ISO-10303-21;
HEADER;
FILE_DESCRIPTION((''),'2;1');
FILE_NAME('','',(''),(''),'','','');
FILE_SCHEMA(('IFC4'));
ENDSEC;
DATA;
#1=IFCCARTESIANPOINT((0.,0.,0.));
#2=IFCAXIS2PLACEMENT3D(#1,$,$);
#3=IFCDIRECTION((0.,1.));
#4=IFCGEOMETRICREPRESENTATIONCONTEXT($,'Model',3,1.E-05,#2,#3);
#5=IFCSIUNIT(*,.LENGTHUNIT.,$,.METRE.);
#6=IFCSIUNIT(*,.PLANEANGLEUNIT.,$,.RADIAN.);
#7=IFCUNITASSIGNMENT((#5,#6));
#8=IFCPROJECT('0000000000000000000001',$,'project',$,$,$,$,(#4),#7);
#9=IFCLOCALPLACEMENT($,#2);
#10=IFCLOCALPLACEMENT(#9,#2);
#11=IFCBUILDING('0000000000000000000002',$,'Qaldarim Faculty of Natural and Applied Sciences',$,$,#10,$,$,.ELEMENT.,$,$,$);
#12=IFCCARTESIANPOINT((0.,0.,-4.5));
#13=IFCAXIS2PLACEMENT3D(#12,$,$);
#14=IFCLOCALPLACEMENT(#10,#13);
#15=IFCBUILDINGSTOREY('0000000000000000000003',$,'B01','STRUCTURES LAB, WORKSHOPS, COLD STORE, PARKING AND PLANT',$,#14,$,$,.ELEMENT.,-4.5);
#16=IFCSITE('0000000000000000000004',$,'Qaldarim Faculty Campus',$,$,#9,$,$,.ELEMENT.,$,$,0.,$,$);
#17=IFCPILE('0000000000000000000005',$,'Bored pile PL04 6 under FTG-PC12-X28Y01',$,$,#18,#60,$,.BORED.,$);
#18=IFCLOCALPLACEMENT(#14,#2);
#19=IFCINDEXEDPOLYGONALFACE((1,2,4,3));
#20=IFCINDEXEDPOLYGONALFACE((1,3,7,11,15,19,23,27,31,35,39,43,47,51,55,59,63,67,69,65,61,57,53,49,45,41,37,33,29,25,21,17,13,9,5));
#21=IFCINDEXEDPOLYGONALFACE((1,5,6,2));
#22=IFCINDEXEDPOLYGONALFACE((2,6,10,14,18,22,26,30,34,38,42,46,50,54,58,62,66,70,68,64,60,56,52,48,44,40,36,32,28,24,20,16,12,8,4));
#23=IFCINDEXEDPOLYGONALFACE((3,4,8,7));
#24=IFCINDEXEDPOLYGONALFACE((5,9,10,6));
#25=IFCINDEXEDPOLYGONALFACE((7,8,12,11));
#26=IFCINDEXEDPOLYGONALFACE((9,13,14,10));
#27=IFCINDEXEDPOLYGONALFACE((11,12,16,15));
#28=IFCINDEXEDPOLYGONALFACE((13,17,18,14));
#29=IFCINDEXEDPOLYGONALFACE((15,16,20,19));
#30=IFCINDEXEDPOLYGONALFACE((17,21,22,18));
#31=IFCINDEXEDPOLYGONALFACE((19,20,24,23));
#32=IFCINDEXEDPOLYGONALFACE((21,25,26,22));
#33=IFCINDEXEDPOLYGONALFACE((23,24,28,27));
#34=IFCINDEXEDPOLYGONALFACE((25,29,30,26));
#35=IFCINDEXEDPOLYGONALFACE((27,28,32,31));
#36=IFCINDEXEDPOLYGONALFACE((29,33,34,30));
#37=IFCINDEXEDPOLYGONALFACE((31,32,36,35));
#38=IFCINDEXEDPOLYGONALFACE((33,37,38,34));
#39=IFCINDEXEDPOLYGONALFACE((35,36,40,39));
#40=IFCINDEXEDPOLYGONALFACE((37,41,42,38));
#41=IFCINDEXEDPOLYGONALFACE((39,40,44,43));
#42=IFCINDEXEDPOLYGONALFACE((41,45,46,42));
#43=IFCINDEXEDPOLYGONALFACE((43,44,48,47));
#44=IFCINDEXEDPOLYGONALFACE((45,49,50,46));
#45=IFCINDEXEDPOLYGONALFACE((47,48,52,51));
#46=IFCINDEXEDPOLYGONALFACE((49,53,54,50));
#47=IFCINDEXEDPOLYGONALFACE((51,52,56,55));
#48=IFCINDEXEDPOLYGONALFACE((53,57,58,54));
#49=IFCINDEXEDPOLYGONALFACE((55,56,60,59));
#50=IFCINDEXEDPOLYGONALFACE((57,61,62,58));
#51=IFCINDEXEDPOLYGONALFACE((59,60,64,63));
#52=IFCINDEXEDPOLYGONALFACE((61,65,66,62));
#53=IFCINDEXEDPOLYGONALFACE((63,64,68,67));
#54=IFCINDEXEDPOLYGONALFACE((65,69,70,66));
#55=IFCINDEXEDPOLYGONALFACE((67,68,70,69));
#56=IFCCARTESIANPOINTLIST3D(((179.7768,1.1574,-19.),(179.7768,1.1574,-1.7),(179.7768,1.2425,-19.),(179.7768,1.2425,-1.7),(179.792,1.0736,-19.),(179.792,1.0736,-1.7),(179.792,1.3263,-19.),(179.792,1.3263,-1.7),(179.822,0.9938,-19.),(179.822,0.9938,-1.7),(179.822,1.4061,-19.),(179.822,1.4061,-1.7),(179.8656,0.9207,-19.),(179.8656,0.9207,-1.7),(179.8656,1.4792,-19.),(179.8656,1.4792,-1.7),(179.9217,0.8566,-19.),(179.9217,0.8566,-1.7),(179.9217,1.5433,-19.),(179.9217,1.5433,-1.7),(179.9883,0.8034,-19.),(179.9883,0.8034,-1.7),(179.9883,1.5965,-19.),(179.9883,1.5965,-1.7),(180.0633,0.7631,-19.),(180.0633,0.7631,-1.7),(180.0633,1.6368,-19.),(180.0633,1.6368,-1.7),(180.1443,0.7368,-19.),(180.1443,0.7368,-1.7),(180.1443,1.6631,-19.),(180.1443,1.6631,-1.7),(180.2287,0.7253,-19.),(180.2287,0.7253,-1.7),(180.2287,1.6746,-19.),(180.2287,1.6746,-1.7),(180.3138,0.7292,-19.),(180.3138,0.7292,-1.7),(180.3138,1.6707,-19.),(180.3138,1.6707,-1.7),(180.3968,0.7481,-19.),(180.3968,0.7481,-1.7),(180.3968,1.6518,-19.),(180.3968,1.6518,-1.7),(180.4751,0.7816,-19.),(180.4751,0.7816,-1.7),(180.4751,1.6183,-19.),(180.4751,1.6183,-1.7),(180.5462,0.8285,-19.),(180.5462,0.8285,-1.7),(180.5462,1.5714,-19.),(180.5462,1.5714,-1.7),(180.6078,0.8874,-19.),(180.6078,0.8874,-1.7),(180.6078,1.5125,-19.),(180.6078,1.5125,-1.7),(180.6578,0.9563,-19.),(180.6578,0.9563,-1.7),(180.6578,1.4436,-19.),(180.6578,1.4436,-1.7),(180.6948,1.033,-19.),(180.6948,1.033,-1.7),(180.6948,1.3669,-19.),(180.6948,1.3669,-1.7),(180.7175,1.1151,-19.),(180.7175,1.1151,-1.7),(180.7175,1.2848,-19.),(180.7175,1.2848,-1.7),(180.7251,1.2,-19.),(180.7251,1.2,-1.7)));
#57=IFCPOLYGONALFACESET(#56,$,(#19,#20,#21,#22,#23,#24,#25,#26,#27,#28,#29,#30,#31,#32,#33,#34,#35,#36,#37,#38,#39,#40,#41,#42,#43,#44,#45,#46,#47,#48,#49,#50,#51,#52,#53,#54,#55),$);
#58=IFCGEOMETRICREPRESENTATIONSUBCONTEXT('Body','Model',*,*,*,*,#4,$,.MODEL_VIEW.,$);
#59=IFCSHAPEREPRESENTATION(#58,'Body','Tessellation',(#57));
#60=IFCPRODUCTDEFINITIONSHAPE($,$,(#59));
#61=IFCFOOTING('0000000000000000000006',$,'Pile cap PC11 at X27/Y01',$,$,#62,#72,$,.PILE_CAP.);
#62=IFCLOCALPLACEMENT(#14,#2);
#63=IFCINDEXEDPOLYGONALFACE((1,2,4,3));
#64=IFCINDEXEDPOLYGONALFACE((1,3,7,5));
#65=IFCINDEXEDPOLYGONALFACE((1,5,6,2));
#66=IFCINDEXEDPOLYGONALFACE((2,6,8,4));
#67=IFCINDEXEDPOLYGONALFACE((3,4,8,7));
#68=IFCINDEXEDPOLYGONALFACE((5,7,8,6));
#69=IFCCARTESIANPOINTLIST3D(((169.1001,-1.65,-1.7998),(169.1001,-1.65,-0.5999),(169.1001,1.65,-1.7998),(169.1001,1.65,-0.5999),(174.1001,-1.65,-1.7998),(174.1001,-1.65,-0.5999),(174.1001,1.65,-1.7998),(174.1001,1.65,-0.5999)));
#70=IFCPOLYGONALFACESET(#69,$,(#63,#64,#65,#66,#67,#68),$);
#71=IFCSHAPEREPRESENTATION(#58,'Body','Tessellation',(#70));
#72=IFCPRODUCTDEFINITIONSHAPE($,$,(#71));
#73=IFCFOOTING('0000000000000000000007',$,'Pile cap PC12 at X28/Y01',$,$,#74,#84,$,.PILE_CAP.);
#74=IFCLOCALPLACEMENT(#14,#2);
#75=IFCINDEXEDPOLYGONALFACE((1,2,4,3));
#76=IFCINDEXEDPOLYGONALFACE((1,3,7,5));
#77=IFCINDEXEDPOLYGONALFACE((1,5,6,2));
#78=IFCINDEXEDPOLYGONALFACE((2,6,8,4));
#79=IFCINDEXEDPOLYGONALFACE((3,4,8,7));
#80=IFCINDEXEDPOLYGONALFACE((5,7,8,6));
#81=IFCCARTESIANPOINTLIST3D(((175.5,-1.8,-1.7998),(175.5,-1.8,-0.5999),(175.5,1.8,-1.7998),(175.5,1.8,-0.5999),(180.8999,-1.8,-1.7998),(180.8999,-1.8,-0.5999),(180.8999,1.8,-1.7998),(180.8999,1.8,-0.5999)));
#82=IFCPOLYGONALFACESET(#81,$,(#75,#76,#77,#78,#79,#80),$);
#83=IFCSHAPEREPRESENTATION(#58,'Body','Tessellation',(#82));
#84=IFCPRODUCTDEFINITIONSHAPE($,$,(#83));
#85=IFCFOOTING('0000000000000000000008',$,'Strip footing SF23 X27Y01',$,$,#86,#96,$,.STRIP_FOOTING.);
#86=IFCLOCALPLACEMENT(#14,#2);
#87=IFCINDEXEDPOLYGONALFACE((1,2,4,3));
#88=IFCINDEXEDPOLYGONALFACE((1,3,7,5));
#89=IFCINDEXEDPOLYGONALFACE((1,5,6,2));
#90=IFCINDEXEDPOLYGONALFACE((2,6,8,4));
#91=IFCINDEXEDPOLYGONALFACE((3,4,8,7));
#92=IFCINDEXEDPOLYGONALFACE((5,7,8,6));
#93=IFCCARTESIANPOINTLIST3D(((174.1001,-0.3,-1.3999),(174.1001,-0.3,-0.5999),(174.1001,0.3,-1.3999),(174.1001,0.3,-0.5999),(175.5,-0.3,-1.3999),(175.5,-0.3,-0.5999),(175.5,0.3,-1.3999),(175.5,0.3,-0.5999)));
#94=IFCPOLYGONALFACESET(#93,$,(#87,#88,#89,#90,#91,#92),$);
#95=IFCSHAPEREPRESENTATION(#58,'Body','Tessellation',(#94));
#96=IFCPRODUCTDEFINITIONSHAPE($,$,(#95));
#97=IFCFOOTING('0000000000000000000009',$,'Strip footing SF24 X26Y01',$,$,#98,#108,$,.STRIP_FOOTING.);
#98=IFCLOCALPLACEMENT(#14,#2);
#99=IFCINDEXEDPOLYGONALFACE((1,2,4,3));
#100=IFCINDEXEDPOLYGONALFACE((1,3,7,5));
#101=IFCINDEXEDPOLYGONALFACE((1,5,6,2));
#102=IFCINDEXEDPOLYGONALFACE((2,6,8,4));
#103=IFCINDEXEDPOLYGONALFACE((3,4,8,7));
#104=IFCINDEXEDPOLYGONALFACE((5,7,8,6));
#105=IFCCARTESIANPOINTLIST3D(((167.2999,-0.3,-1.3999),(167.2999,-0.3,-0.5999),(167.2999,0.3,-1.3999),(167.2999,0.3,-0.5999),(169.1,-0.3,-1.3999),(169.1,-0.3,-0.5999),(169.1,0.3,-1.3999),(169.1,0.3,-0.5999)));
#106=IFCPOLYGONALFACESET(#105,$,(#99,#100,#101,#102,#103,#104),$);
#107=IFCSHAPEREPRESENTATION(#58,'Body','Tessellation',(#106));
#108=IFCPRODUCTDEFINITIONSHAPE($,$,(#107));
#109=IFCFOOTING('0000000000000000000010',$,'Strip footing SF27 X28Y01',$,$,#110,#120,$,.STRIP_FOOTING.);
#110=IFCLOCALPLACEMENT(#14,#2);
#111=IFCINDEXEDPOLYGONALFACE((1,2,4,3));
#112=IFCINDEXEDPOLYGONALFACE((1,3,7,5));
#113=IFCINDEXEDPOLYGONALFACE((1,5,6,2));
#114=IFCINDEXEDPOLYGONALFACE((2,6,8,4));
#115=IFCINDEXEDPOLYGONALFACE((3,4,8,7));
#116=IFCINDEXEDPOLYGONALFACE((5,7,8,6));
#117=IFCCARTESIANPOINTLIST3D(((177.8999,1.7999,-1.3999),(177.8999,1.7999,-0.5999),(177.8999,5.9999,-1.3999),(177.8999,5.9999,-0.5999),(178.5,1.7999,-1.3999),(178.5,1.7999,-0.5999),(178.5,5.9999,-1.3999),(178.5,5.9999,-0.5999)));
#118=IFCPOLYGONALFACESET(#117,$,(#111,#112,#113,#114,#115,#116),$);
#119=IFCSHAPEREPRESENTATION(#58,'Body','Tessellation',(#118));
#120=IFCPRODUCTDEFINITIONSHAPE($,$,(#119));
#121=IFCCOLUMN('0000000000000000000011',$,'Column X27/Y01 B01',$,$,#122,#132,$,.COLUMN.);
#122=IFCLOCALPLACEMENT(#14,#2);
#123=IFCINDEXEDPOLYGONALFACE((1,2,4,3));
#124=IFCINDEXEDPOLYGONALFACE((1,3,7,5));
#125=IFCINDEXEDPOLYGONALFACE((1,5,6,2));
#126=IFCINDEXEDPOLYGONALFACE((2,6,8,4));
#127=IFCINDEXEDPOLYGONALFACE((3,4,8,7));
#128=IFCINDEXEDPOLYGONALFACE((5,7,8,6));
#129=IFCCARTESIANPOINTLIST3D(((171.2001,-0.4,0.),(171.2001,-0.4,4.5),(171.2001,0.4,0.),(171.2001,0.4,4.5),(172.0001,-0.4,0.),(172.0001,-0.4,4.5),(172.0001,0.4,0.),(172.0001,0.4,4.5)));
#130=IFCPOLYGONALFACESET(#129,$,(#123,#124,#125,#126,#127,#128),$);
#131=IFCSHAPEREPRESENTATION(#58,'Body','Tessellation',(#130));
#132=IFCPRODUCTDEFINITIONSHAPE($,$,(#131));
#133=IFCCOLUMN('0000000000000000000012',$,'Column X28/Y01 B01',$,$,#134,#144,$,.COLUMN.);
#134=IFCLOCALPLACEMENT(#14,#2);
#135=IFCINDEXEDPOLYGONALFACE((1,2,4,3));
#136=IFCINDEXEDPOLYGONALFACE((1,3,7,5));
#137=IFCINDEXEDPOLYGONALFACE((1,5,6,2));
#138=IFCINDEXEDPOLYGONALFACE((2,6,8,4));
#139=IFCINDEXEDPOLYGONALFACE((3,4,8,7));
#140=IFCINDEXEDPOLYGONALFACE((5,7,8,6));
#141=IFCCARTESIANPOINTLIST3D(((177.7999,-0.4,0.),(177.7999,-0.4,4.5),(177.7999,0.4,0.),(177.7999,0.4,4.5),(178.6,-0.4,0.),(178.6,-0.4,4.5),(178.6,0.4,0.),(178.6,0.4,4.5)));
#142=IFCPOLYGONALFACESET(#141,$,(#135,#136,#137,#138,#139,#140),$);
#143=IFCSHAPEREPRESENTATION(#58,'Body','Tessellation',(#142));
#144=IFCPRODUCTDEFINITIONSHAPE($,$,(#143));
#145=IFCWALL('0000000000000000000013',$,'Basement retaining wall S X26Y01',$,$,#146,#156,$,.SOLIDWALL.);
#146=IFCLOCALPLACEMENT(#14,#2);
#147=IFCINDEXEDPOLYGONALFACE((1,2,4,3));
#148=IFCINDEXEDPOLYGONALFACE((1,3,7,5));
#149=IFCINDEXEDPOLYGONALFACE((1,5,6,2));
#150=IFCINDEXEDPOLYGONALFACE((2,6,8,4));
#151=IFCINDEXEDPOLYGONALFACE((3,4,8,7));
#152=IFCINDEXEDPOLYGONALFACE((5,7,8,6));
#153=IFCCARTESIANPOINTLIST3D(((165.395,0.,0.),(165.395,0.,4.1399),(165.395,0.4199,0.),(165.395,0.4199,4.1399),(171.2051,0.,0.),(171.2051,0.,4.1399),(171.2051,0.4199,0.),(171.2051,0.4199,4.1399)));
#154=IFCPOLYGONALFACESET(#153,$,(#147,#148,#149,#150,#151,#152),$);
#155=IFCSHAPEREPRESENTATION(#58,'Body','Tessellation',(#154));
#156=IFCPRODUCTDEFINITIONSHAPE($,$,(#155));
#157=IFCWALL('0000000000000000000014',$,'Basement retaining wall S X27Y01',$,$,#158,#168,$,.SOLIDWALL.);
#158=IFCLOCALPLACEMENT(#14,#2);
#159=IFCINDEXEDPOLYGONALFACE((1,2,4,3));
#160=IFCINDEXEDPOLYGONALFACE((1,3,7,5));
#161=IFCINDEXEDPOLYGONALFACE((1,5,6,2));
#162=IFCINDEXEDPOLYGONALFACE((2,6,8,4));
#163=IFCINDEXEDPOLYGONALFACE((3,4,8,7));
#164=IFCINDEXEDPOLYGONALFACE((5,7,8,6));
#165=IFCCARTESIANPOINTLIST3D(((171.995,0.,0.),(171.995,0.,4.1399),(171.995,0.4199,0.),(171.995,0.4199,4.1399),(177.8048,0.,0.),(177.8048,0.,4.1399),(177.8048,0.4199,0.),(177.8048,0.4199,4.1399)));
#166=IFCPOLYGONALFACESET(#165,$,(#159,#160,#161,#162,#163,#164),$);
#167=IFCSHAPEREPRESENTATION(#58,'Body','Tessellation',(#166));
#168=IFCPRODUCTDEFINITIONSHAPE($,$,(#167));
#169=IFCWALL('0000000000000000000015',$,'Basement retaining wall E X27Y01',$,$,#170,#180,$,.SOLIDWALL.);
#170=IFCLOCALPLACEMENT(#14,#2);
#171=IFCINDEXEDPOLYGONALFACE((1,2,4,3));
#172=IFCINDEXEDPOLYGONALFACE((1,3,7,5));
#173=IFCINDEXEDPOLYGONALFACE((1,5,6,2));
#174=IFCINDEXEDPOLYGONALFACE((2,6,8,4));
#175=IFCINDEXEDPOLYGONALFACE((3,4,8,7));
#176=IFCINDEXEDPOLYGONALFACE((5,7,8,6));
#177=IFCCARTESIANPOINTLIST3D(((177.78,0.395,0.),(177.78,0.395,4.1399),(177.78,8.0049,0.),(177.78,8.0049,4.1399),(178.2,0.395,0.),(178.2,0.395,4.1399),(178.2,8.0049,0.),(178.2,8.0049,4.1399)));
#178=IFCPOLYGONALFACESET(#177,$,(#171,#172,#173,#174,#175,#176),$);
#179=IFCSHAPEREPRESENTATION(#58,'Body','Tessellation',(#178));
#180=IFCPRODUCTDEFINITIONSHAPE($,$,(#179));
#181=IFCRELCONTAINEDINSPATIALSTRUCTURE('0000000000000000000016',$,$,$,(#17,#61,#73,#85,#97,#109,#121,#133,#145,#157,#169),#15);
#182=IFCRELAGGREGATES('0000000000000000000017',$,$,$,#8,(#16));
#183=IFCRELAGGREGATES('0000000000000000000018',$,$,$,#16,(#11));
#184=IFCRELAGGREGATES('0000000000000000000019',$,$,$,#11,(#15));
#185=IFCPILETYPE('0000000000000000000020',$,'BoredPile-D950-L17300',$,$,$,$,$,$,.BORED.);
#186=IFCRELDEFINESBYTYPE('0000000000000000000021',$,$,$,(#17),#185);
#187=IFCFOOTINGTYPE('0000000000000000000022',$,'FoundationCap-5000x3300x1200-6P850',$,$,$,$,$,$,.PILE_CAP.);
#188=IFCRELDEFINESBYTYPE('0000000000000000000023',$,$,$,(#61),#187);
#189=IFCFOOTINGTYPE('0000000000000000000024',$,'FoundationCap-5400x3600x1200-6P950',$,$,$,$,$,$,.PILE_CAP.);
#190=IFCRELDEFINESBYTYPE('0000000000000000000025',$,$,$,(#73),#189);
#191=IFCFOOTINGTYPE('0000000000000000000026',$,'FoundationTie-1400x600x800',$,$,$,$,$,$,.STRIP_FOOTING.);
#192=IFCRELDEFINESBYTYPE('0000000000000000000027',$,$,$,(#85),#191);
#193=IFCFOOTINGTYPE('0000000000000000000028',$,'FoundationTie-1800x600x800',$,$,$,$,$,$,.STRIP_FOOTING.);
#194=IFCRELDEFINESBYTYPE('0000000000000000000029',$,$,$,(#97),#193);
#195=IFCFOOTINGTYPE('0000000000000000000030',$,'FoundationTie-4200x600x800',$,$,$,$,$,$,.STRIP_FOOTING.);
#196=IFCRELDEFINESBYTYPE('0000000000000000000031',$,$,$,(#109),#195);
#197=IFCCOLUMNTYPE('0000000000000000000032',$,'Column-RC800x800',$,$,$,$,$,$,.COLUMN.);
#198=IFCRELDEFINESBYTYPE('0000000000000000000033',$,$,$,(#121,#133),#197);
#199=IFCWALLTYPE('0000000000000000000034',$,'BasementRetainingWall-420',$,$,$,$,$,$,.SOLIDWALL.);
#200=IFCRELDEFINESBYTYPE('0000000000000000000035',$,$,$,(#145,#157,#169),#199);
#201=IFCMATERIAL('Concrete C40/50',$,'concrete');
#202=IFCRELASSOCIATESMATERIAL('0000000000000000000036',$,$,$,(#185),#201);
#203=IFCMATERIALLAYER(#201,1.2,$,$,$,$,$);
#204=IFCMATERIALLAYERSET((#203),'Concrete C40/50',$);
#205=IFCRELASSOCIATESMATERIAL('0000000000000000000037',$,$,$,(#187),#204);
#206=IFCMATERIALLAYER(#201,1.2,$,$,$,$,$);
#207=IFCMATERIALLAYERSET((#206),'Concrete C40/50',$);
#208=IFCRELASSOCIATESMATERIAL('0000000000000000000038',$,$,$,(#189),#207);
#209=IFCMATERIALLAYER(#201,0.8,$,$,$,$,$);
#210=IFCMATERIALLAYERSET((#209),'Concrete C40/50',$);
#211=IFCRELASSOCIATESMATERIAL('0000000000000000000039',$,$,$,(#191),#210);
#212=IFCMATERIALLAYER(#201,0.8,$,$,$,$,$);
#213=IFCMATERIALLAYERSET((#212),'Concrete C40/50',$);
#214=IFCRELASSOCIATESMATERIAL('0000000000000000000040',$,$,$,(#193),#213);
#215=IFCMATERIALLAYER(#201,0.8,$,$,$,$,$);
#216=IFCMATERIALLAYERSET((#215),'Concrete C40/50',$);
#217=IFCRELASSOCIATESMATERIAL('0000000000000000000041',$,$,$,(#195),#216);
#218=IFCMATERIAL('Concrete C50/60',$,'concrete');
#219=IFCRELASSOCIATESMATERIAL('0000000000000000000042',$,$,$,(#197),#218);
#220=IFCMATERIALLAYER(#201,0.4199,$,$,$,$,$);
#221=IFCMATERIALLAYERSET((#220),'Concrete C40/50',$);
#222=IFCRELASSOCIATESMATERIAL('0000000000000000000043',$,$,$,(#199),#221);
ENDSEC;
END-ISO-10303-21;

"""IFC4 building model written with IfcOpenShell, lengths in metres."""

from ifc_helpers import new_model, si_unit, direction, frame, frame_2d, origin, origin_2d, place, context, subcontext, project, spatial, rectangle, circle, extrude, material, layer, layer_set, material_profile, profile_set, type_object, element, save


model = new_model("IFC4")

# Units and contexts
model_context = context("Model", 3, precision=1e-05, world=origin(), true_north=direction((0.0, 1.0)))
body_context = subcontext(model_context, "Body", "Model", "MODEL_VIEW")
ifc_project = project(units=[si_unit("LENGTHUNIT", "METRE"), si_unit("PLANEANGLEUNIT", "RADIAN")], contexts=[model_context])

# Site, building, storey
site_placement = place(None, origin())
site = spatial("IfcSite", under=ifc_project, at=site_placement, Name="Qaldarim Faculty Campus", CompositionType="ELEMENT", RefElevation=0.0)
building_placement = place(site_placement, origin())
building = spatial("IfcBuilding", under=site, at=building_placement, Name="Qaldarim Faculty of Natural and Applied Sciences", CompositionType="ELEMENT")
storey_placement = place(building_placement, frame((0.0, 0.0, -4.5)))
storey = spatial("IfcBuildingStorey", under=building, at=storey_placement, Name="B01", Description="STRUCTURES LAB, WORKSHOPS, COLD STORE, PARKING AND PLANT", CompositionType="ELEMENT", Elevation=-4.5)

# Pile
ifc_material_1 = material(Name="Concrete C40/50", Category="concrete")
ifc_material_profile_1 = material_profile(ifc_material_1, circle(Radius=0.4751, at=origin_2d()), Name="PILE-D950")
ifc_profile_set_1 = profile_set([ifc_material_profile_1], Name="Concrete C40/50")
pile_type_1 = type_object("IfcPileType", Name="BoredPile-D950-L17300", PredefinedType="BORED", material=ifc_profile_set_1)
for number, where, z_axis, x_axis, name in (
    (1, (180.25, 1.2, -1.7), (0.0, 0.0, -1.0), (1.0, 0.0, 0.0), "Bored pile PL04 6 under FTG-PC12-X28Y01"),
):
    element("IfcPile", number, at=place(storey_placement, frame(where, z_axis=z_axis, x_axis=x_axis)), inside=storey, type_object=pile_type_1, Name=name, PredefinedType="BORED", context=body_context, shape_type="SweptSolid", body=[
        extrude(circle(Radius=0.4751, at=origin_2d()), origin(), (0.0, 0.0, 1.0), 17.3),
    ])

# Footings
ifc_layer_1 = layer(ifc_material_1, 1.2)
ifc_layer_set_1 = layer_set([ifc_layer_1], Name="Concrete C40/50")
footing_type_1 = type_object("IfcFootingType", Name="FoundationCap-5000x3300x1200-6P850", PredefinedType="PILE_CAP", material=ifc_layer_set_1)
footing_1_placement = place(storey_placement, frame((171.6001, 0.0, -1.7998), z_axis=(0.0, 0.0, 1.0), x_axis=(1.0, 0.0, 0.0)))
element("IfcFooting", 2, at=footing_1_placement, inside=storey, type_object=footing_type_1, Name="Pile cap PC11 at X27/Y01", PredefinedType="PILE_CAP", context=body_context, shape_type="SweptSolid", body=[
    extrude(rectangle(XDim=5.0, YDim=3.3, at=origin_2d()), origin(), (0.0, 0.0, 1.0), 1.2),
])
ifc_layer_2 = layer(ifc_material_1, 1.2)
ifc_layer_set_2 = layer_set([ifc_layer_2], Name="Concrete C40/50")
footing_type_2 = type_object("IfcFootingType", Name="FoundationCap-5400x3600x1200-6P950", PredefinedType="PILE_CAP", material=ifc_layer_set_2)
footing_2_placement = place(storey_placement, frame((178.2, 0.0, -1.7998), z_axis=(0.0, 0.0, 1.0), x_axis=(1.0, 0.0, 0.0)))
element("IfcFooting", 3, at=footing_2_placement, inside=storey, type_object=footing_type_2, Name="Pile cap PC12 at X28/Y01", PredefinedType="PILE_CAP", context=body_context, shape_type="SweptSolid", body=[
    extrude(rectangle(XDim=5.3999, YDim=3.6001, at=origin_2d()), origin(), (0.0, 0.0, 1.0), 1.2),
])
ifc_layer_3 = layer(ifc_material_1, 0.8)
ifc_layer_set_3 = layer_set([ifc_layer_3], Name="Concrete C40/50")
footing_type_3 = type_object("IfcFootingType", Name="FoundationTie-1400x600x800", PredefinedType="STRIP_FOOTING", material=ifc_layer_set_3)
footing_3_placement = place(storey_placement, frame((174.8, 0.0, -1.3999), z_axis=(0.0, 0.0, 1.0), x_axis=(1.0, 0.0, 0.0)))
element("IfcFooting", 4, at=footing_3_placement, inside=storey, type_object=footing_type_3, Name="Strip footing SF23 X27Y01", PredefinedType="STRIP_FOOTING", context=body_context, shape_type="SweptSolid", body=[
    extrude(rectangle(XDim=1.3999, YDim=0.6001, at=origin_2d()), origin(), (0.0, 0.0, 1.0), 0.8),
])
ifc_layer_4 = layer(ifc_material_1, 0.8)
ifc_layer_set_4 = layer_set([ifc_layer_4], Name="Concrete C40/50")
footing_type_4 = type_object("IfcFootingType", Name="FoundationTie-1800x600x800", PredefinedType="STRIP_FOOTING", material=ifc_layer_set_4)
footing_4_placement = place(storey_placement, frame((168.2, 0.0, -1.3999), z_axis=(0.0, 0.0, 1.0), x_axis=(1.0, 0.0, 0.0)))
element("IfcFooting", 5, at=footing_4_placement, inside=storey, type_object=footing_type_4, Name="Strip footing SF24 X26Y01", PredefinedType="STRIP_FOOTING", context=body_context, shape_type="SweptSolid", body=[
    extrude(rectangle(XDim=1.8, YDim=0.6001, at=origin_2d()), origin(), (0.0, 0.0, 1.0), 0.8),
])
ifc_layer_5 = layer(ifc_material_1, 0.8)
ifc_layer_set_5 = layer_set([ifc_layer_5], Name="Concrete C40/50")
footing_type_5 = type_object("IfcFootingType", Name="FoundationTie-4200x600x800", PredefinedType="STRIP_FOOTING", material=ifc_layer_set_5)
footing_5_placement = place(storey_placement, frame((178.2, 3.8999, -1.3999), z_axis=(0.0, 0.0, 1.0), x_axis=(0.0, 1.0, 0.0)))
element("IfcFooting", 6, at=footing_5_placement, inside=storey, type_object=footing_type_5, Name="Strip footing SF27 X28Y01", PredefinedType="STRIP_FOOTING", context=body_context, shape_type="SweptSolid", body=[
    extrude(rectangle(XDim=4.2, YDim=0.6001, at=origin_2d()), origin(), (0.0, 0.0, 1.0), 0.8),
])

# Columns
ifc_material_2 = material(Name="Concrete C50/60", Category="concrete")
ifc_material_profile_2 = material_profile(ifc_material_2, rectangle(XDim=0.8, YDim=0.8, at=origin_2d()), Name="RC-C800x800")
ifc_profile_set_2 = profile_set([ifc_material_profile_2], Name="Concrete C50/60")
column_type = type_object("IfcColumnType", Name="Column-RC800x800", PredefinedType="COLUMN", material=ifc_profile_set_2)
for number, where, z_axis, x_axis, name in (
    (7, (171.6001, 0.0, 0.0), (0.0, 0.0, 1.0), (1.0, 0.0, 0.0), "Column X27/Y01 B01"),
    (8, (178.2, 0.0, 0.0), (0.0, 0.0, 1.0), (1.0, 0.0, 0.0), "Column X28/Y01 B01"),
):
    element("IfcColumn", number, at=place(storey_placement, frame(where, z_axis=z_axis, x_axis=x_axis)), inside=storey, type_object=column_type, Name=name, PredefinedType="COLUMN", context=body_context, shape_type="SweptSolid", body=[
        extrude(rectangle(XDim=0.8, YDim=0.8, at=origin_2d()), origin(), (0.0, 0.0, 1.0), 4.5),
    ])

# Walls
ifc_layer_6 = layer(ifc_material_1, 0.4199)
ifc_layer_set_6 = layer_set([ifc_layer_6], Name="Concrete C40/50")
wall_type = type_object("IfcWallType", Name="BasementRetainingWall-420", PredefinedType="SOLIDWALL", material=ifc_layer_set_6)
wall_1_placement = place(storey_placement, frame((165.395, 0.21, 0.0), z_axis=(0.0, 0.0, 1.0), x_axis=(1.0, 0.0, 0.0)))
element("IfcWall", 9, at=wall_1_placement, inside=storey, type_object=wall_type, Name="Basement retaining wall S X26Y01", PredefinedType="SOLIDWALL", context=body_context, shape_type="SweptSolid", body=[
    extrude(rectangle(XDim=5.8101, YDim=0.4199, at=frame_2d((2.905, 0.0))), origin(), (0.0, 0.0, 1.0), 4.1399),
])
wall_2_placement = place(storey_placement, frame((171.9951, 0.21, 0.0), z_axis=(0.0, 0.0, 1.0), x_axis=(1.0, 0.0, 0.0)))
element("IfcWall", 10, at=wall_2_placement, inside=storey, type_object=wall_type, Name="Basement retaining wall S X27Y01", PredefinedType="SOLIDWALL", context=body_context, shape_type="SweptSolid", body=[
    extrude(rectangle(XDim=5.8098, YDim=0.4199, at=frame_2d((2.9048, 0.0))), origin(), (0.0, 0.0, 1.0), 4.1399),
])
wall_3_placement = place(storey_placement, frame((177.99, 0.395, 0.0), z_axis=(0.0, 0.0, 1.0), x_axis=(0.0, 1.0, 0.0)))
element("IfcWall", 11, at=wall_3_placement, inside=storey, type_object=wall_type, Name="Basement retaining wall E X27Y01", PredefinedType="SOLIDWALL", context=body_context, shape_type="SweptSolid", body=[
    extrude(rectangle(XDim=7.6099, YDim=0.4199, at=frame_2d((3.8049, 0.0))), origin(), (0.0, 0.0, 1.0), 4.1399),
])

save(model, "model.ifc")
